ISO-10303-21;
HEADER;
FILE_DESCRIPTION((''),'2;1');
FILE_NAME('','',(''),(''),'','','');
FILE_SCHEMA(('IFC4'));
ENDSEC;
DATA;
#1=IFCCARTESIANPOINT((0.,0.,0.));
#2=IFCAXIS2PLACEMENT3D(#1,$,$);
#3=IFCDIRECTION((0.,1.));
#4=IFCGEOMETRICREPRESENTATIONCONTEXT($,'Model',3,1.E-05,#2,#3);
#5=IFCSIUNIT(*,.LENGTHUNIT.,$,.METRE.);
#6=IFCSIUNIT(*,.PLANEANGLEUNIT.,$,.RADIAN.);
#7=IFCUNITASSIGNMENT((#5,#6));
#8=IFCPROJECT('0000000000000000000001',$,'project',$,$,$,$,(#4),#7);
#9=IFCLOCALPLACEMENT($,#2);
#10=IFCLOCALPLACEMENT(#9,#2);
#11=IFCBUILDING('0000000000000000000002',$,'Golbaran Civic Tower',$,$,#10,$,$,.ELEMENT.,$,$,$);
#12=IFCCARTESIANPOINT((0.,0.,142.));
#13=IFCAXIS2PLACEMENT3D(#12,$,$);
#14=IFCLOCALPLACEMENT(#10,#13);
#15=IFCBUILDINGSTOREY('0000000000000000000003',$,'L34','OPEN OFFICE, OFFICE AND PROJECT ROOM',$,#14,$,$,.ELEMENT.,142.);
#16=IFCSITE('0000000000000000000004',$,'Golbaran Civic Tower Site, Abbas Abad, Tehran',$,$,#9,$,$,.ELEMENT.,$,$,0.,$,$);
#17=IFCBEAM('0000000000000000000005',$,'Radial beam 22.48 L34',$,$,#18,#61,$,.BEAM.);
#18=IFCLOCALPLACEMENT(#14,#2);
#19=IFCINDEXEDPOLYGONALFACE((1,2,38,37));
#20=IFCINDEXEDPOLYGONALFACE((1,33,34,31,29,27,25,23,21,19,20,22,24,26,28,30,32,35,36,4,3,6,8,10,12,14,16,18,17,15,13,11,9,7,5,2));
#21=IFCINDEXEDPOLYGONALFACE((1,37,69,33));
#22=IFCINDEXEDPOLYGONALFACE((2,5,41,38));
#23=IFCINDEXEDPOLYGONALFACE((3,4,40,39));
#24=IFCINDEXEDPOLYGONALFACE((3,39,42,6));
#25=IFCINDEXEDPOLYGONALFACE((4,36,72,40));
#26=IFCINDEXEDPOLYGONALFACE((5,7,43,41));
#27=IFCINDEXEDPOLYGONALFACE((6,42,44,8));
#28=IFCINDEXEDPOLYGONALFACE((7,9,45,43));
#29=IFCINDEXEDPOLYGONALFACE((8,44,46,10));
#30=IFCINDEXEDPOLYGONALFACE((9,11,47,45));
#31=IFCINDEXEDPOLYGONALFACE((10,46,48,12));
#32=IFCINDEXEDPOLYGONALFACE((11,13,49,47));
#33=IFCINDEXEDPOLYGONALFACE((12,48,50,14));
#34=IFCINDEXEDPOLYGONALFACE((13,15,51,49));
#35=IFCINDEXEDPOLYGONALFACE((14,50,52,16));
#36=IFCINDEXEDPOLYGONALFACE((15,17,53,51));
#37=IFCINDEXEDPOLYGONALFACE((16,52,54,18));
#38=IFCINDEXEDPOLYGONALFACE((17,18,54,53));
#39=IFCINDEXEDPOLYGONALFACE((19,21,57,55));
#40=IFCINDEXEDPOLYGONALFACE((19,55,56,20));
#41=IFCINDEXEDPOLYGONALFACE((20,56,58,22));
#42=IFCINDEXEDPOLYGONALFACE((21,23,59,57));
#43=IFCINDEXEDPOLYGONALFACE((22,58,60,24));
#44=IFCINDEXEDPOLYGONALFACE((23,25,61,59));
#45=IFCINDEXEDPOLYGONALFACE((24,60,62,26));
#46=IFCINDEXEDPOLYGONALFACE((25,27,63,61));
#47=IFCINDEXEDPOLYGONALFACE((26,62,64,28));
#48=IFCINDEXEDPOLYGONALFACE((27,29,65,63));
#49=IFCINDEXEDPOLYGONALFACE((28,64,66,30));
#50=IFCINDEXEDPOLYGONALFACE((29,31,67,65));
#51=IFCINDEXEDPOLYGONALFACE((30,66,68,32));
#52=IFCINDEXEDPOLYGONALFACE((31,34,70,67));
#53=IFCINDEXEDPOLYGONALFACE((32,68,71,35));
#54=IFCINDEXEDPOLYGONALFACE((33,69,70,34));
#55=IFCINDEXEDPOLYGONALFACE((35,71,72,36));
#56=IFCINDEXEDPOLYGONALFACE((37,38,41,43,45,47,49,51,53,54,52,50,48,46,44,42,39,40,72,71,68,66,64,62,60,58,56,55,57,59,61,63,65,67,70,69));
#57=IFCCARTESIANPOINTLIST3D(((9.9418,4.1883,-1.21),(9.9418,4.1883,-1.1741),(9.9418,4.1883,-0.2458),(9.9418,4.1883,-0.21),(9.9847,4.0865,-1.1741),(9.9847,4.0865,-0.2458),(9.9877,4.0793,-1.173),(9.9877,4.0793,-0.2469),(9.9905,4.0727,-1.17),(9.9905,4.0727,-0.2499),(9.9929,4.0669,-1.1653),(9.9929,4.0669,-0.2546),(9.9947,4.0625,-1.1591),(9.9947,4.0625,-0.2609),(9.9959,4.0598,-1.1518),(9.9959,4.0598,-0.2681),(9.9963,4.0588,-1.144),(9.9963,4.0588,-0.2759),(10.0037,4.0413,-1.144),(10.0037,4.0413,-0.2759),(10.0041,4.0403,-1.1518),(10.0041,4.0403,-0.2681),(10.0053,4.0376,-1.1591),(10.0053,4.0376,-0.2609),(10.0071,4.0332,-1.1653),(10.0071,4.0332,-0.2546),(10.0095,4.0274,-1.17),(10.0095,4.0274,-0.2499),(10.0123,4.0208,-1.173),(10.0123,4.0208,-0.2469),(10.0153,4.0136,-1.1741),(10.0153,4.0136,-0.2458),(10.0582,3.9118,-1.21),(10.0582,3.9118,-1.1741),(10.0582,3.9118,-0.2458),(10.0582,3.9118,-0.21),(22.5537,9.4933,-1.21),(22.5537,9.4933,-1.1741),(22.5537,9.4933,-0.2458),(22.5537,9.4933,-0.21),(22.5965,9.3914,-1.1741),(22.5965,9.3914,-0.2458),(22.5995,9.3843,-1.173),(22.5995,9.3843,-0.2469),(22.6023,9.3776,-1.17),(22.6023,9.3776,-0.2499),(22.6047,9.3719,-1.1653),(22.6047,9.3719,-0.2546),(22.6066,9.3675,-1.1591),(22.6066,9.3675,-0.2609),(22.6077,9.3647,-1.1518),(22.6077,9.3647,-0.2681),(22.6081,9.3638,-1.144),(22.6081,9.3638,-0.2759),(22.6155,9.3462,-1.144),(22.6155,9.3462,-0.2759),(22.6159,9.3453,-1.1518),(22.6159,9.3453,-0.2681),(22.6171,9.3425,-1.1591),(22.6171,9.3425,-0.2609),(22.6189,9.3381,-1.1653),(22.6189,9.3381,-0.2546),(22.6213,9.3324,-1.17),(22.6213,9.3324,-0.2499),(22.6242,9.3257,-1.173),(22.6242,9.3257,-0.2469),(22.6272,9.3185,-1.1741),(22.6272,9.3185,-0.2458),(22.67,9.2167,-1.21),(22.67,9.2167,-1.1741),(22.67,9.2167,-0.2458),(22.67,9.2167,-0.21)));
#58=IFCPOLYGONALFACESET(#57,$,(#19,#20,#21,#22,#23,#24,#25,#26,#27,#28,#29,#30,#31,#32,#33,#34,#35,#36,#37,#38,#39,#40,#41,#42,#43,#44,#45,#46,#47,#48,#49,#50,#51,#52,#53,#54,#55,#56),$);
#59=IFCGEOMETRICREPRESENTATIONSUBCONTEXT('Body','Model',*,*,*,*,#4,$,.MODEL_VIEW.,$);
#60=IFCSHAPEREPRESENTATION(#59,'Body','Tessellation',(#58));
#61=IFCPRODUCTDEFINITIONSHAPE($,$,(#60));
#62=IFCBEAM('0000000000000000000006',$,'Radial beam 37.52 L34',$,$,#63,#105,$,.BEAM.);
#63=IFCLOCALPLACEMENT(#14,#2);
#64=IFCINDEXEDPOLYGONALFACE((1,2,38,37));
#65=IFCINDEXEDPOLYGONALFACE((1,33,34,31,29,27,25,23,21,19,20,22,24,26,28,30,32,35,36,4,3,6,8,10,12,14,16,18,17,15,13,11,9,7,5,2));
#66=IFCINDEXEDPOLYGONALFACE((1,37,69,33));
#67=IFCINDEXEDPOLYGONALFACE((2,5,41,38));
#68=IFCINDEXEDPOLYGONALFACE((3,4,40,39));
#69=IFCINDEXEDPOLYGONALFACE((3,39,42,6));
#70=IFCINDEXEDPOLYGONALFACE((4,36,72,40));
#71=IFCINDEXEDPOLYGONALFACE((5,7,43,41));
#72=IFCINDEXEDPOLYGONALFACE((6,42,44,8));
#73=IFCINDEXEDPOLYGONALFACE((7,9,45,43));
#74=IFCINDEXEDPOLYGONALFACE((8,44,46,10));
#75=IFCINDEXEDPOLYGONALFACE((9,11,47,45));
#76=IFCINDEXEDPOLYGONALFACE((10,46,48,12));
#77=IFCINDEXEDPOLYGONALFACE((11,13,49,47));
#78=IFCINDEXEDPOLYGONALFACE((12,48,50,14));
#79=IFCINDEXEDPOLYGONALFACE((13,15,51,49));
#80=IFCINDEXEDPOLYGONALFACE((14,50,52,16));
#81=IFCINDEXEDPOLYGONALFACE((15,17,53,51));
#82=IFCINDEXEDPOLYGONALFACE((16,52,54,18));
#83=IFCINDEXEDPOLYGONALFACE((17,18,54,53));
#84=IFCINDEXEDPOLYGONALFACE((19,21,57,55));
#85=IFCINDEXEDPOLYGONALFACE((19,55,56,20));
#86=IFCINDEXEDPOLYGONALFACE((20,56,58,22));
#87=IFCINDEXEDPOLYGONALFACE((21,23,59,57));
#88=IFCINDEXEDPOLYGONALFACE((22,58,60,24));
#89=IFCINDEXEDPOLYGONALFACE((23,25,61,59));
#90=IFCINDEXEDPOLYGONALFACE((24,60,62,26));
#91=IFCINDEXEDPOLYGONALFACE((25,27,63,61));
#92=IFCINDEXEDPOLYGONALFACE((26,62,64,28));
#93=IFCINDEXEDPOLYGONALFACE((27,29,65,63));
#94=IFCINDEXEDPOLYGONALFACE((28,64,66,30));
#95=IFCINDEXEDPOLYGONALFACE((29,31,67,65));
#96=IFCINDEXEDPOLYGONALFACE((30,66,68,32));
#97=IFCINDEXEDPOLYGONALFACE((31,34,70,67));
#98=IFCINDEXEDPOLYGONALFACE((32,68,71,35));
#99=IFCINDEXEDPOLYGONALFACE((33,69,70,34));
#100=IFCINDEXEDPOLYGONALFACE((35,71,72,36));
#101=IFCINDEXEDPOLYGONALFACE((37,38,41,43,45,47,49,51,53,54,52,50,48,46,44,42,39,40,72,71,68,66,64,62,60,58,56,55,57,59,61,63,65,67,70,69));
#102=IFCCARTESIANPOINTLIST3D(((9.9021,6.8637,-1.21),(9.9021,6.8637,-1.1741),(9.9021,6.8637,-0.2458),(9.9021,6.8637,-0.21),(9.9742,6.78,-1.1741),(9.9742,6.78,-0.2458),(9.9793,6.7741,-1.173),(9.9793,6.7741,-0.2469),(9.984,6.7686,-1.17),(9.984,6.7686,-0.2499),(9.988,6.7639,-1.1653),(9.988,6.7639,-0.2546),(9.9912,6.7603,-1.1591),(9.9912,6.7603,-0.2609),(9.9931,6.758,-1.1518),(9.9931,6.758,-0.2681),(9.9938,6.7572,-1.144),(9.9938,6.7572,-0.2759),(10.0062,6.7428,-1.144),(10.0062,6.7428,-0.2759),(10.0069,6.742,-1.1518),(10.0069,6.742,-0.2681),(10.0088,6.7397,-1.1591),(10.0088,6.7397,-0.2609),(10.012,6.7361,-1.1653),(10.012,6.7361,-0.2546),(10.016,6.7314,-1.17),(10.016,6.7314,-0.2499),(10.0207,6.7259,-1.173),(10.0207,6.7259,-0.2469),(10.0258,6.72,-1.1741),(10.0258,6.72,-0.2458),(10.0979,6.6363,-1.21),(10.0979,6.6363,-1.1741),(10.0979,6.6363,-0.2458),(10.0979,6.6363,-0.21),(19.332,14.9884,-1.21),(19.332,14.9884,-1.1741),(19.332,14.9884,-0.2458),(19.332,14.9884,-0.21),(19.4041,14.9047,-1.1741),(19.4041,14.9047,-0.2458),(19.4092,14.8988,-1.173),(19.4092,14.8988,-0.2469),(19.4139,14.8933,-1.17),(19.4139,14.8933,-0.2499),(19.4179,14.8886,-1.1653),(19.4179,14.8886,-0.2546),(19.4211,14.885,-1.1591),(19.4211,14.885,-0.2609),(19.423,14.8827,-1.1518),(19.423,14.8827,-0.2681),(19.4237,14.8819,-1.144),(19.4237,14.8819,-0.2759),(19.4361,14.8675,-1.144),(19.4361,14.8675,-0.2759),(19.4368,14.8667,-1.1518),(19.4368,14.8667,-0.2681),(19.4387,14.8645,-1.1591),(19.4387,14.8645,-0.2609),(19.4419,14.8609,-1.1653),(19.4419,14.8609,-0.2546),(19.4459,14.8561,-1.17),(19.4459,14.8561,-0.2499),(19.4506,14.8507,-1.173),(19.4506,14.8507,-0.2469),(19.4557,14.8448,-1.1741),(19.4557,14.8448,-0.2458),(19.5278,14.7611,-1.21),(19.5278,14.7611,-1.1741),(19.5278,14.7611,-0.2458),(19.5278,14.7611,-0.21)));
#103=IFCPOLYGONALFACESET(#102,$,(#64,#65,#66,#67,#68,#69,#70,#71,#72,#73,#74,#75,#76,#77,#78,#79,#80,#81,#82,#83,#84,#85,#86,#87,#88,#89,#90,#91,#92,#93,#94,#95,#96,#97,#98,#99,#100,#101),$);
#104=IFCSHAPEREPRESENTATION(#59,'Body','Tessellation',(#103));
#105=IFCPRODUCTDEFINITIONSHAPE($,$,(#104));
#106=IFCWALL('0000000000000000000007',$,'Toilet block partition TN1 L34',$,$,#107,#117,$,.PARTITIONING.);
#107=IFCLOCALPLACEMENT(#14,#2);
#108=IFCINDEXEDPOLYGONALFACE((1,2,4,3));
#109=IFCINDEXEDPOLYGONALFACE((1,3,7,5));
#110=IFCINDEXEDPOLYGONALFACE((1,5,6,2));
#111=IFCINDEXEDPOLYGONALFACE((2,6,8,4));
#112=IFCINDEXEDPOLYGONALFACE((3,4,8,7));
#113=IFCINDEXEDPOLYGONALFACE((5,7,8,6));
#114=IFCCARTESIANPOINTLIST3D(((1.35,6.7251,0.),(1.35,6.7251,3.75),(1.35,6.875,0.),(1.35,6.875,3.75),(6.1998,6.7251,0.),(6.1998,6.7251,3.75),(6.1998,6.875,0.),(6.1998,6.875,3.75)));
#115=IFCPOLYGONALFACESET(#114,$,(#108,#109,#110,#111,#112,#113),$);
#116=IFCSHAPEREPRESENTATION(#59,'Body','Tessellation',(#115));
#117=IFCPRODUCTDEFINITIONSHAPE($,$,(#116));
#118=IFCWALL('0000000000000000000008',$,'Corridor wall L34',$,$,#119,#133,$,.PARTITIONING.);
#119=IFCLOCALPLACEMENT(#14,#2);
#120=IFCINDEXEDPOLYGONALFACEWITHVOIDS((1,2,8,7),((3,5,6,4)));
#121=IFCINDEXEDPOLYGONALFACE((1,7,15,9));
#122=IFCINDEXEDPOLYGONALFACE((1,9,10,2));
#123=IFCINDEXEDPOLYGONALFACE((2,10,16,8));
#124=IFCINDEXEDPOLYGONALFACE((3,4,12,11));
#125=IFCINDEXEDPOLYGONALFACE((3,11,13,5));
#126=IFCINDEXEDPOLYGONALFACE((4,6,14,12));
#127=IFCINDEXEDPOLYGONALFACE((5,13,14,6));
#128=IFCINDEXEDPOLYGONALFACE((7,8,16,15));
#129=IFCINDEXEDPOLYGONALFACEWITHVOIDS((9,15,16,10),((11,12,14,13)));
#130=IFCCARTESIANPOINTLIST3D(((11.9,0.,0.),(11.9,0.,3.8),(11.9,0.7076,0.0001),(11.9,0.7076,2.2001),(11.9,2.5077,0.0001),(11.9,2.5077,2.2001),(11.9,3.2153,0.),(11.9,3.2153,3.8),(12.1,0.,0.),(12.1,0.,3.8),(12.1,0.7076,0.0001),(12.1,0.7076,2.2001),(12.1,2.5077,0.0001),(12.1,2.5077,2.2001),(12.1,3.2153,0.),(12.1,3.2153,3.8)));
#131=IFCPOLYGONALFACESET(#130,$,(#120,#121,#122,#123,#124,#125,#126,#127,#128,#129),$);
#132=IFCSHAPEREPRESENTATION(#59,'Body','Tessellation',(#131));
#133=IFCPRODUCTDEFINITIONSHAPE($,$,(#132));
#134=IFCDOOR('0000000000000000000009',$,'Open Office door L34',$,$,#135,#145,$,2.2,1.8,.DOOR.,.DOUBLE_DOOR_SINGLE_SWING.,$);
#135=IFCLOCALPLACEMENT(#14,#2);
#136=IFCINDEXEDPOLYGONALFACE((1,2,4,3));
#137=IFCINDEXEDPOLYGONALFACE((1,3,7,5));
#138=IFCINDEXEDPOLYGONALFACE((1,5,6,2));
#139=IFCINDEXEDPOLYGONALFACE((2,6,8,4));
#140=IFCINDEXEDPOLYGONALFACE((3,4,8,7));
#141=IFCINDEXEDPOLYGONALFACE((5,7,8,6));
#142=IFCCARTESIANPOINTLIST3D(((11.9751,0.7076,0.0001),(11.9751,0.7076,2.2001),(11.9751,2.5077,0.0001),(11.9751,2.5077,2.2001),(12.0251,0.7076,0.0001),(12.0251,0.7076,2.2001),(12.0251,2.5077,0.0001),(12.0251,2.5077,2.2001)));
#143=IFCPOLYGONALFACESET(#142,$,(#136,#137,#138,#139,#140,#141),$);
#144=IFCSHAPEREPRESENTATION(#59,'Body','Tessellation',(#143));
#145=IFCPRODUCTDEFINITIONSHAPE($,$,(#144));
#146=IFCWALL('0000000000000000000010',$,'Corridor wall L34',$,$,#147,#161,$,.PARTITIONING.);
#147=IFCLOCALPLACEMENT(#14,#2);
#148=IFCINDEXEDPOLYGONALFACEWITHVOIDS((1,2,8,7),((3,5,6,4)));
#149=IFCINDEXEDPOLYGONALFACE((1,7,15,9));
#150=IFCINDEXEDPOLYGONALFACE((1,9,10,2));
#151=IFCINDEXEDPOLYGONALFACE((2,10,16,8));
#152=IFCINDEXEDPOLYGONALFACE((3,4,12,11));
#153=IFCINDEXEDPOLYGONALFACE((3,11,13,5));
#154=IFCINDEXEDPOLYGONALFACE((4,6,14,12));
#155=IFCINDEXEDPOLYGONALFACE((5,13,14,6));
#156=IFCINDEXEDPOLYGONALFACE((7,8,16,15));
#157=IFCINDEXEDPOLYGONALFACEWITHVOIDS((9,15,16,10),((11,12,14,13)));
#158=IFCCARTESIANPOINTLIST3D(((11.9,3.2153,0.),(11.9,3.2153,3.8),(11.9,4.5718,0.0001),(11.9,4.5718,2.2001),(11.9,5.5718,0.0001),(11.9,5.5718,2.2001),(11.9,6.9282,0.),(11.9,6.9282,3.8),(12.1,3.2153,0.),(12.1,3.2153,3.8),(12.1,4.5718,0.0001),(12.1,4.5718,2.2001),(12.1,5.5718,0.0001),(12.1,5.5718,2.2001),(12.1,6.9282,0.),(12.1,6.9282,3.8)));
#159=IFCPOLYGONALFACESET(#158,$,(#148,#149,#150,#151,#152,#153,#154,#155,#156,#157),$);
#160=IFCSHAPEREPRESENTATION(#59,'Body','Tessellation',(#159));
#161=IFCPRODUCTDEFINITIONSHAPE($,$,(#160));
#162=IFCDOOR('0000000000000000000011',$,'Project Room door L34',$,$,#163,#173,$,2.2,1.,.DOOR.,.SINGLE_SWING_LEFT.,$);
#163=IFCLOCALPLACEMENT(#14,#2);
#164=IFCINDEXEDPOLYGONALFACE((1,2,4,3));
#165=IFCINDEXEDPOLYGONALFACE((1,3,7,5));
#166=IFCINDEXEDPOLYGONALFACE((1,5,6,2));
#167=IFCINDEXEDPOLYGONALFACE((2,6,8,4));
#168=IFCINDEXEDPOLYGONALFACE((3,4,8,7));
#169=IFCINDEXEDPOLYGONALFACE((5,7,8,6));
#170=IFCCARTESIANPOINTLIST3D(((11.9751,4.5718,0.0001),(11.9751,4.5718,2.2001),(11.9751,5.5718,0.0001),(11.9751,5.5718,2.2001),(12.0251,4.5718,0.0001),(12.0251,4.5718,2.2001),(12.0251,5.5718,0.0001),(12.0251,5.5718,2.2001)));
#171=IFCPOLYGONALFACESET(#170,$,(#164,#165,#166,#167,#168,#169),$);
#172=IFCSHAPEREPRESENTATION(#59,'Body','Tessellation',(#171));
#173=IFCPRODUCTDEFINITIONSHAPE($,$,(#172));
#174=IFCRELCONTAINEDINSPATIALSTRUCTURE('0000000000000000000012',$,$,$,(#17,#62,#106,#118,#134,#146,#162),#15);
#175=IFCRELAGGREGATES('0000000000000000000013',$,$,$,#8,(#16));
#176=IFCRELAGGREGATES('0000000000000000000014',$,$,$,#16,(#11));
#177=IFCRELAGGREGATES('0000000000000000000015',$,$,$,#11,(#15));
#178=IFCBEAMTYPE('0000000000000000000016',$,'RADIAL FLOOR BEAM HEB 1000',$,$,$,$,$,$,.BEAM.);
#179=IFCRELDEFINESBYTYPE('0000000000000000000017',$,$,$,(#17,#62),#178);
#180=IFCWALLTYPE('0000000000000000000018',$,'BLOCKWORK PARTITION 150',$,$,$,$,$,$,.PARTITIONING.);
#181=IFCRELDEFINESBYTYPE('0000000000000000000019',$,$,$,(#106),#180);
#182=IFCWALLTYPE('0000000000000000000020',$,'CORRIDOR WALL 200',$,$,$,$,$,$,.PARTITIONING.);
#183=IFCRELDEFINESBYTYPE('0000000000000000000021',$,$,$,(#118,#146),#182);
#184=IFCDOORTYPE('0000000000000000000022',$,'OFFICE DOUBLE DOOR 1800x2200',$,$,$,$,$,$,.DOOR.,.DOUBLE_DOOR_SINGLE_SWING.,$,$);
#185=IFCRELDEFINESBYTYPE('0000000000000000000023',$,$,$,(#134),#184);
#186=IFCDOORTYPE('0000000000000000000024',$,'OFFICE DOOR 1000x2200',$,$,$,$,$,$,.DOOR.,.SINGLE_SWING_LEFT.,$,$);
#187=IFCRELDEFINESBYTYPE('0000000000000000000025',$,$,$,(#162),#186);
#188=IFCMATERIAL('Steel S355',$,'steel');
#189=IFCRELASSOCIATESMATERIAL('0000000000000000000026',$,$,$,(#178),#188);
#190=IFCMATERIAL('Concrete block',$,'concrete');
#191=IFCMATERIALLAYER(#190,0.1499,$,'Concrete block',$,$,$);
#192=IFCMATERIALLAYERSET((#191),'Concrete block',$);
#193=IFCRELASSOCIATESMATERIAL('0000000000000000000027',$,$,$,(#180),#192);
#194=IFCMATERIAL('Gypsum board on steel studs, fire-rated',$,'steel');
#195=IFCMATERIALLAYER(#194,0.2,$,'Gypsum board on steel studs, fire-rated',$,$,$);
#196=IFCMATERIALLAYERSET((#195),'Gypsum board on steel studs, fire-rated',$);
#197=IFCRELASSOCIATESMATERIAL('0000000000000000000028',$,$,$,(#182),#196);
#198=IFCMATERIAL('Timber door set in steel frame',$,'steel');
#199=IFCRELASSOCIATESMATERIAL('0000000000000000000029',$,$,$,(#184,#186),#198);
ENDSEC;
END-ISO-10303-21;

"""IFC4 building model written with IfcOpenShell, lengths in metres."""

from ifc_helpers import new_model, si_unit, direction, frame, frame_2d, origin, origin_2d, place, context, subcontext, project, spatial, rectangle, i_section, extrude, material, layer, layer_set, material_profile, profile_set, type_object, element, fill, save


model = new_model("IFC4")

# Units and contexts
model_context = context("Model", 3, precision=1e-05, world=origin(), true_north=direction((0.0, 1.0)))
body_context = subcontext(model_context, "Body", "Model", "MODEL_VIEW")
ifc_project = project(units=[si_unit("LENGTHUNIT", "METRE"), si_unit("PLANEANGLEUNIT", "RADIAN")], contexts=[model_context])

# Site, building, storey
site_placement = place(None, origin())
site = spatial("IfcSite", under=ifc_project, at=site_placement, Name="Golbaran Civic Tower Site, Abbas Abad, Tehran", CompositionType="ELEMENT", RefElevation=0.0)
building_placement = place(site_placement, origin())
building = spatial("IfcBuilding", under=site, at=building_placement, Name="Golbaran Civic Tower", CompositionType="ELEMENT")
storey_placement = place(building_placement, frame((0.0, 0.0, 142.0)))
storey = spatial("IfcBuildingStorey", under=building, at=storey_placement, Name="L34", Description="OPEN OFFICE, OFFICE AND PROJECT ROOM", CompositionType="ELEMENT", Elevation=142.0)

# Beams
ifc_material_1 = material(Name="Steel S355", Category="steel")
ifc_material_profile_1 = material_profile(ifc_material_1, i_section(OverallWidth=0.3, OverallDepth=1.0, WebThickness=0.019, FlangeThickness=0.0359, FilletRadius=0.03, at=origin_2d()), Name="HEB 1000")
ifc_profile_set_1 = profile_set([ifc_material_profile_1], Name="Steel S355")
beam_type_1 = type_object("IfcBeamType", Name="RADIAL FLOOR BEAM HEB 1000", PredefinedType="BEAM", material=ifc_profile_set_1)
beam_1_placement = place(storey_placement, frame((10.0, 4.05, -0.71), z_axis=(0.921774, 0.387728, 0.0), x_axis=(-0.387728, 0.921774, 0.0)))
element("IfcBeam", 1, at=beam_1_placement, inside=storey, type_object=beam_type_1, Name="Radial beam 22.48 L34", PredefinedType="BEAM", context=body_context, shape_type="SweptSolid", body=[
    extrude(i_section(OverallWidth=0.3, OverallDepth=1.0, WebThickness=0.019, FlangeThickness=0.0359, FilletRadius=0.03, at=origin_2d()), origin(), (0.0, 0.0, 1.0), 13.6821),
])
beam_2_placement = place(storey_placement, frame((10.0, 6.75, -0.71), z_axis=(0.757589, 0.652732, 0.0), x_axis=(-0.652732, 0.757589, 0.0)))
element("IfcBeam", 2, at=beam_2_placement, inside=storey, type_object=beam_type_1, Name="Radial beam 37.52 L34", PredefinedType="BEAM", context=body_context, shape_type="SweptSolid", body=[
    extrude(i_section(OverallWidth=0.3, OverallDepth=1.0, WebThickness=0.019, FlangeThickness=0.0359, FilletRadius=0.03, at=origin_2d()), origin(), (0.0, 0.0, 1.0), 12.4473),
])

# Wall
ifc_material_2 = material(Name="Concrete block", Category="concrete")
ifc_layer_1 = layer(ifc_material_2, 0.1499, Name="Concrete block")
ifc_layer_set_1 = layer_set([ifc_layer_1], Name="Concrete block")
wall_type_1 = type_object("IfcWallType", Name="BLOCKWORK PARTITION 150", PredefinedType="PARTITIONING", material=ifc_layer_set_1)
wall_1_placement = place(storey_placement, frame((1.3501, 6.8, 0.0), z_axis=(0.0, 0.0, 1.0), x_axis=(1.0, 0.0, 0.0)))
element("IfcWall", 3, at=wall_1_placement, inside=storey, type_object=wall_type_1, Name="Toilet block partition TN1 L34", PredefinedType="PARTITIONING", context=body_context, shape_type="SweptSolid", body=[
    extrude(rectangle(XDim=4.8499, YDim=0.1499, at=frame_2d((2.4248, 0.0))), origin(), (0.0, 0.0, 1.0), 3.75),
])

# Walls, openings, doors
ifc_material_3 = material(Name="Gypsum board on steel studs, fire-rated", Category="steel")
ifc_layer_2 = layer(ifc_material_3, 0.2, Name="Gypsum board on steel studs, fire-rated")
ifc_layer_set_2 = layer_set([ifc_layer_2], Name="Gypsum board on steel studs, fire-rated")
wall_type_2 = type_object("IfcWallType", Name="CORRIDOR WALL 200", PredefinedType="PARTITIONING", material=ifc_layer_set_2)
wall_2_placement = place(storey_placement, frame((12.0, 0.0, 0.0), z_axis=(0.0, 0.0, 1.0), x_axis=(0.0, 1.0, 0.0)))
wall_2 = element("IfcWall", 4, at=wall_2_placement, inside=storey, type_object=wall_type_2, Name="Corridor wall L34", PredefinedType="PARTITIONING", context=body_context, shape_type="SweptSolid", body=[
    extrude(rectangle(XDim=3.2153, YDim=0.2, at=frame_2d((1.6077, 0.0))), origin(), (0.0, 0.0, 1.0), 3.8),
])
opening_1_placement = place(wall_2_placement, frame((0.7078, 0.0, 0.0)))
opening_1 = element("IfcOpeningElement", 5, at=opening_1_placement, cuts=wall_2, PredefinedType="OPENING", context=body_context, shape_type="SweptSolid", body=[
    extrude(rectangle(XDim=1.8, YDim=2.2, at=frame_2d((0.8999, 1.1001))), frame((0.0, 0.1099, 0.0), z_axis=(0.0, -1.0, 0.0), x_axis=(1.0, 0.0, 0.0)), (0.0, 0.0, 1.0), 0.22),
])
ifc_material_4 = material(Name="Timber door set in steel frame", Category="steel")
door_type_1 = type_object("IfcDoorType", Name="OFFICE DOUBLE DOOR 1800x2200", OperationType="DOUBLE_DOOR_SINGLE_SWING", PredefinedType="DOOR", material=ifc_material_4)
door_1_placement = place(opening_1_placement, origin())
door_1 = element("IfcDoor", 6, at=door_1_placement, inside=storey, type_object=door_type_1, Name="Open Office door L34", OperationType="DOUBLE_DOOR_SINGLE_SWING", OverallHeight=2.2, OverallWidth=1.8, PredefinedType="DOOR", context=body_context, shape_type="SweptSolid", body=[
    extrude(rectangle(XDim=1.8, YDim=2.2, at=frame_2d((0.8999, 1.1001))), frame((0.0, 0.0249, 0.0), z_axis=(0.0, -1.0, 0.0), x_axis=(1.0, 0.0, 0.0)), (0.0, 0.0, 1.0), 0.05),
])
fill(opening_1, door_1)
wall_3_placement = place(storey_placement, frame((12.0, 3.2153, 0.0), z_axis=(0.0, 0.0, 1.0), x_axis=(0.0, 1.0, 0.0)))
wall_3 = element("IfcWall", 7, at=wall_3_placement, inside=storey, type_object=wall_type_2, Name="Corridor wall L34", PredefinedType="PARTITIONING", context=body_context, shape_type="SweptSolid", body=[
    extrude(rectangle(XDim=3.7129, YDim=0.2, at=frame_2d((1.8564, 0.0))), origin(), (0.0, 0.0, 1.0), 3.8),
])
opening_2_placement = place(wall_3_placement, frame((1.3564, 0.0, 0.0)))
opening_2 = element("IfcOpeningElement", 8, at=opening_2_placement, cuts=wall_3, PredefinedType="OPENING", context=body_context, shape_type="SweptSolid", body=[
    extrude(rectangle(XDim=1.0, YDim=2.2, at=frame_2d((0.5, 1.1001))), frame((0.0, 0.1099, 0.0), z_axis=(0.0, -1.0, 0.0), x_axis=(1.0, 0.0, 0.0)), (0.0, 0.0, 1.0), 0.22),
])
door_type_2 = type_object("IfcDoorType", Name="OFFICE DOOR 1000x2200", OperationType="SINGLE_SWING_LEFT", PredefinedType="DOOR", material=ifc_material_4)
door_2_placement = place(opening_2_placement, origin())
door_2 = element("IfcDoor", 9, at=door_2_placement, inside=storey, type_object=door_type_2, Name="Project Room door L34", OperationType="SINGLE_SWING_LEFT", OverallHeight=2.2, OverallWidth=1.0, PredefinedType="DOOR", context=body_context, shape_type="SweptSolid", body=[
    extrude(rectangle(XDim=1.0, YDim=2.2, at=frame_2d((0.5, 1.1001))), frame((0.0, 0.0249, 0.0), z_axis=(0.0, -1.0, 0.0), x_axis=(1.0, 0.0, 0.0)), (0.0, 0.0, 1.0), 0.05),
])
fill(opening_2, door_2)

save(model, "model.ifc")
